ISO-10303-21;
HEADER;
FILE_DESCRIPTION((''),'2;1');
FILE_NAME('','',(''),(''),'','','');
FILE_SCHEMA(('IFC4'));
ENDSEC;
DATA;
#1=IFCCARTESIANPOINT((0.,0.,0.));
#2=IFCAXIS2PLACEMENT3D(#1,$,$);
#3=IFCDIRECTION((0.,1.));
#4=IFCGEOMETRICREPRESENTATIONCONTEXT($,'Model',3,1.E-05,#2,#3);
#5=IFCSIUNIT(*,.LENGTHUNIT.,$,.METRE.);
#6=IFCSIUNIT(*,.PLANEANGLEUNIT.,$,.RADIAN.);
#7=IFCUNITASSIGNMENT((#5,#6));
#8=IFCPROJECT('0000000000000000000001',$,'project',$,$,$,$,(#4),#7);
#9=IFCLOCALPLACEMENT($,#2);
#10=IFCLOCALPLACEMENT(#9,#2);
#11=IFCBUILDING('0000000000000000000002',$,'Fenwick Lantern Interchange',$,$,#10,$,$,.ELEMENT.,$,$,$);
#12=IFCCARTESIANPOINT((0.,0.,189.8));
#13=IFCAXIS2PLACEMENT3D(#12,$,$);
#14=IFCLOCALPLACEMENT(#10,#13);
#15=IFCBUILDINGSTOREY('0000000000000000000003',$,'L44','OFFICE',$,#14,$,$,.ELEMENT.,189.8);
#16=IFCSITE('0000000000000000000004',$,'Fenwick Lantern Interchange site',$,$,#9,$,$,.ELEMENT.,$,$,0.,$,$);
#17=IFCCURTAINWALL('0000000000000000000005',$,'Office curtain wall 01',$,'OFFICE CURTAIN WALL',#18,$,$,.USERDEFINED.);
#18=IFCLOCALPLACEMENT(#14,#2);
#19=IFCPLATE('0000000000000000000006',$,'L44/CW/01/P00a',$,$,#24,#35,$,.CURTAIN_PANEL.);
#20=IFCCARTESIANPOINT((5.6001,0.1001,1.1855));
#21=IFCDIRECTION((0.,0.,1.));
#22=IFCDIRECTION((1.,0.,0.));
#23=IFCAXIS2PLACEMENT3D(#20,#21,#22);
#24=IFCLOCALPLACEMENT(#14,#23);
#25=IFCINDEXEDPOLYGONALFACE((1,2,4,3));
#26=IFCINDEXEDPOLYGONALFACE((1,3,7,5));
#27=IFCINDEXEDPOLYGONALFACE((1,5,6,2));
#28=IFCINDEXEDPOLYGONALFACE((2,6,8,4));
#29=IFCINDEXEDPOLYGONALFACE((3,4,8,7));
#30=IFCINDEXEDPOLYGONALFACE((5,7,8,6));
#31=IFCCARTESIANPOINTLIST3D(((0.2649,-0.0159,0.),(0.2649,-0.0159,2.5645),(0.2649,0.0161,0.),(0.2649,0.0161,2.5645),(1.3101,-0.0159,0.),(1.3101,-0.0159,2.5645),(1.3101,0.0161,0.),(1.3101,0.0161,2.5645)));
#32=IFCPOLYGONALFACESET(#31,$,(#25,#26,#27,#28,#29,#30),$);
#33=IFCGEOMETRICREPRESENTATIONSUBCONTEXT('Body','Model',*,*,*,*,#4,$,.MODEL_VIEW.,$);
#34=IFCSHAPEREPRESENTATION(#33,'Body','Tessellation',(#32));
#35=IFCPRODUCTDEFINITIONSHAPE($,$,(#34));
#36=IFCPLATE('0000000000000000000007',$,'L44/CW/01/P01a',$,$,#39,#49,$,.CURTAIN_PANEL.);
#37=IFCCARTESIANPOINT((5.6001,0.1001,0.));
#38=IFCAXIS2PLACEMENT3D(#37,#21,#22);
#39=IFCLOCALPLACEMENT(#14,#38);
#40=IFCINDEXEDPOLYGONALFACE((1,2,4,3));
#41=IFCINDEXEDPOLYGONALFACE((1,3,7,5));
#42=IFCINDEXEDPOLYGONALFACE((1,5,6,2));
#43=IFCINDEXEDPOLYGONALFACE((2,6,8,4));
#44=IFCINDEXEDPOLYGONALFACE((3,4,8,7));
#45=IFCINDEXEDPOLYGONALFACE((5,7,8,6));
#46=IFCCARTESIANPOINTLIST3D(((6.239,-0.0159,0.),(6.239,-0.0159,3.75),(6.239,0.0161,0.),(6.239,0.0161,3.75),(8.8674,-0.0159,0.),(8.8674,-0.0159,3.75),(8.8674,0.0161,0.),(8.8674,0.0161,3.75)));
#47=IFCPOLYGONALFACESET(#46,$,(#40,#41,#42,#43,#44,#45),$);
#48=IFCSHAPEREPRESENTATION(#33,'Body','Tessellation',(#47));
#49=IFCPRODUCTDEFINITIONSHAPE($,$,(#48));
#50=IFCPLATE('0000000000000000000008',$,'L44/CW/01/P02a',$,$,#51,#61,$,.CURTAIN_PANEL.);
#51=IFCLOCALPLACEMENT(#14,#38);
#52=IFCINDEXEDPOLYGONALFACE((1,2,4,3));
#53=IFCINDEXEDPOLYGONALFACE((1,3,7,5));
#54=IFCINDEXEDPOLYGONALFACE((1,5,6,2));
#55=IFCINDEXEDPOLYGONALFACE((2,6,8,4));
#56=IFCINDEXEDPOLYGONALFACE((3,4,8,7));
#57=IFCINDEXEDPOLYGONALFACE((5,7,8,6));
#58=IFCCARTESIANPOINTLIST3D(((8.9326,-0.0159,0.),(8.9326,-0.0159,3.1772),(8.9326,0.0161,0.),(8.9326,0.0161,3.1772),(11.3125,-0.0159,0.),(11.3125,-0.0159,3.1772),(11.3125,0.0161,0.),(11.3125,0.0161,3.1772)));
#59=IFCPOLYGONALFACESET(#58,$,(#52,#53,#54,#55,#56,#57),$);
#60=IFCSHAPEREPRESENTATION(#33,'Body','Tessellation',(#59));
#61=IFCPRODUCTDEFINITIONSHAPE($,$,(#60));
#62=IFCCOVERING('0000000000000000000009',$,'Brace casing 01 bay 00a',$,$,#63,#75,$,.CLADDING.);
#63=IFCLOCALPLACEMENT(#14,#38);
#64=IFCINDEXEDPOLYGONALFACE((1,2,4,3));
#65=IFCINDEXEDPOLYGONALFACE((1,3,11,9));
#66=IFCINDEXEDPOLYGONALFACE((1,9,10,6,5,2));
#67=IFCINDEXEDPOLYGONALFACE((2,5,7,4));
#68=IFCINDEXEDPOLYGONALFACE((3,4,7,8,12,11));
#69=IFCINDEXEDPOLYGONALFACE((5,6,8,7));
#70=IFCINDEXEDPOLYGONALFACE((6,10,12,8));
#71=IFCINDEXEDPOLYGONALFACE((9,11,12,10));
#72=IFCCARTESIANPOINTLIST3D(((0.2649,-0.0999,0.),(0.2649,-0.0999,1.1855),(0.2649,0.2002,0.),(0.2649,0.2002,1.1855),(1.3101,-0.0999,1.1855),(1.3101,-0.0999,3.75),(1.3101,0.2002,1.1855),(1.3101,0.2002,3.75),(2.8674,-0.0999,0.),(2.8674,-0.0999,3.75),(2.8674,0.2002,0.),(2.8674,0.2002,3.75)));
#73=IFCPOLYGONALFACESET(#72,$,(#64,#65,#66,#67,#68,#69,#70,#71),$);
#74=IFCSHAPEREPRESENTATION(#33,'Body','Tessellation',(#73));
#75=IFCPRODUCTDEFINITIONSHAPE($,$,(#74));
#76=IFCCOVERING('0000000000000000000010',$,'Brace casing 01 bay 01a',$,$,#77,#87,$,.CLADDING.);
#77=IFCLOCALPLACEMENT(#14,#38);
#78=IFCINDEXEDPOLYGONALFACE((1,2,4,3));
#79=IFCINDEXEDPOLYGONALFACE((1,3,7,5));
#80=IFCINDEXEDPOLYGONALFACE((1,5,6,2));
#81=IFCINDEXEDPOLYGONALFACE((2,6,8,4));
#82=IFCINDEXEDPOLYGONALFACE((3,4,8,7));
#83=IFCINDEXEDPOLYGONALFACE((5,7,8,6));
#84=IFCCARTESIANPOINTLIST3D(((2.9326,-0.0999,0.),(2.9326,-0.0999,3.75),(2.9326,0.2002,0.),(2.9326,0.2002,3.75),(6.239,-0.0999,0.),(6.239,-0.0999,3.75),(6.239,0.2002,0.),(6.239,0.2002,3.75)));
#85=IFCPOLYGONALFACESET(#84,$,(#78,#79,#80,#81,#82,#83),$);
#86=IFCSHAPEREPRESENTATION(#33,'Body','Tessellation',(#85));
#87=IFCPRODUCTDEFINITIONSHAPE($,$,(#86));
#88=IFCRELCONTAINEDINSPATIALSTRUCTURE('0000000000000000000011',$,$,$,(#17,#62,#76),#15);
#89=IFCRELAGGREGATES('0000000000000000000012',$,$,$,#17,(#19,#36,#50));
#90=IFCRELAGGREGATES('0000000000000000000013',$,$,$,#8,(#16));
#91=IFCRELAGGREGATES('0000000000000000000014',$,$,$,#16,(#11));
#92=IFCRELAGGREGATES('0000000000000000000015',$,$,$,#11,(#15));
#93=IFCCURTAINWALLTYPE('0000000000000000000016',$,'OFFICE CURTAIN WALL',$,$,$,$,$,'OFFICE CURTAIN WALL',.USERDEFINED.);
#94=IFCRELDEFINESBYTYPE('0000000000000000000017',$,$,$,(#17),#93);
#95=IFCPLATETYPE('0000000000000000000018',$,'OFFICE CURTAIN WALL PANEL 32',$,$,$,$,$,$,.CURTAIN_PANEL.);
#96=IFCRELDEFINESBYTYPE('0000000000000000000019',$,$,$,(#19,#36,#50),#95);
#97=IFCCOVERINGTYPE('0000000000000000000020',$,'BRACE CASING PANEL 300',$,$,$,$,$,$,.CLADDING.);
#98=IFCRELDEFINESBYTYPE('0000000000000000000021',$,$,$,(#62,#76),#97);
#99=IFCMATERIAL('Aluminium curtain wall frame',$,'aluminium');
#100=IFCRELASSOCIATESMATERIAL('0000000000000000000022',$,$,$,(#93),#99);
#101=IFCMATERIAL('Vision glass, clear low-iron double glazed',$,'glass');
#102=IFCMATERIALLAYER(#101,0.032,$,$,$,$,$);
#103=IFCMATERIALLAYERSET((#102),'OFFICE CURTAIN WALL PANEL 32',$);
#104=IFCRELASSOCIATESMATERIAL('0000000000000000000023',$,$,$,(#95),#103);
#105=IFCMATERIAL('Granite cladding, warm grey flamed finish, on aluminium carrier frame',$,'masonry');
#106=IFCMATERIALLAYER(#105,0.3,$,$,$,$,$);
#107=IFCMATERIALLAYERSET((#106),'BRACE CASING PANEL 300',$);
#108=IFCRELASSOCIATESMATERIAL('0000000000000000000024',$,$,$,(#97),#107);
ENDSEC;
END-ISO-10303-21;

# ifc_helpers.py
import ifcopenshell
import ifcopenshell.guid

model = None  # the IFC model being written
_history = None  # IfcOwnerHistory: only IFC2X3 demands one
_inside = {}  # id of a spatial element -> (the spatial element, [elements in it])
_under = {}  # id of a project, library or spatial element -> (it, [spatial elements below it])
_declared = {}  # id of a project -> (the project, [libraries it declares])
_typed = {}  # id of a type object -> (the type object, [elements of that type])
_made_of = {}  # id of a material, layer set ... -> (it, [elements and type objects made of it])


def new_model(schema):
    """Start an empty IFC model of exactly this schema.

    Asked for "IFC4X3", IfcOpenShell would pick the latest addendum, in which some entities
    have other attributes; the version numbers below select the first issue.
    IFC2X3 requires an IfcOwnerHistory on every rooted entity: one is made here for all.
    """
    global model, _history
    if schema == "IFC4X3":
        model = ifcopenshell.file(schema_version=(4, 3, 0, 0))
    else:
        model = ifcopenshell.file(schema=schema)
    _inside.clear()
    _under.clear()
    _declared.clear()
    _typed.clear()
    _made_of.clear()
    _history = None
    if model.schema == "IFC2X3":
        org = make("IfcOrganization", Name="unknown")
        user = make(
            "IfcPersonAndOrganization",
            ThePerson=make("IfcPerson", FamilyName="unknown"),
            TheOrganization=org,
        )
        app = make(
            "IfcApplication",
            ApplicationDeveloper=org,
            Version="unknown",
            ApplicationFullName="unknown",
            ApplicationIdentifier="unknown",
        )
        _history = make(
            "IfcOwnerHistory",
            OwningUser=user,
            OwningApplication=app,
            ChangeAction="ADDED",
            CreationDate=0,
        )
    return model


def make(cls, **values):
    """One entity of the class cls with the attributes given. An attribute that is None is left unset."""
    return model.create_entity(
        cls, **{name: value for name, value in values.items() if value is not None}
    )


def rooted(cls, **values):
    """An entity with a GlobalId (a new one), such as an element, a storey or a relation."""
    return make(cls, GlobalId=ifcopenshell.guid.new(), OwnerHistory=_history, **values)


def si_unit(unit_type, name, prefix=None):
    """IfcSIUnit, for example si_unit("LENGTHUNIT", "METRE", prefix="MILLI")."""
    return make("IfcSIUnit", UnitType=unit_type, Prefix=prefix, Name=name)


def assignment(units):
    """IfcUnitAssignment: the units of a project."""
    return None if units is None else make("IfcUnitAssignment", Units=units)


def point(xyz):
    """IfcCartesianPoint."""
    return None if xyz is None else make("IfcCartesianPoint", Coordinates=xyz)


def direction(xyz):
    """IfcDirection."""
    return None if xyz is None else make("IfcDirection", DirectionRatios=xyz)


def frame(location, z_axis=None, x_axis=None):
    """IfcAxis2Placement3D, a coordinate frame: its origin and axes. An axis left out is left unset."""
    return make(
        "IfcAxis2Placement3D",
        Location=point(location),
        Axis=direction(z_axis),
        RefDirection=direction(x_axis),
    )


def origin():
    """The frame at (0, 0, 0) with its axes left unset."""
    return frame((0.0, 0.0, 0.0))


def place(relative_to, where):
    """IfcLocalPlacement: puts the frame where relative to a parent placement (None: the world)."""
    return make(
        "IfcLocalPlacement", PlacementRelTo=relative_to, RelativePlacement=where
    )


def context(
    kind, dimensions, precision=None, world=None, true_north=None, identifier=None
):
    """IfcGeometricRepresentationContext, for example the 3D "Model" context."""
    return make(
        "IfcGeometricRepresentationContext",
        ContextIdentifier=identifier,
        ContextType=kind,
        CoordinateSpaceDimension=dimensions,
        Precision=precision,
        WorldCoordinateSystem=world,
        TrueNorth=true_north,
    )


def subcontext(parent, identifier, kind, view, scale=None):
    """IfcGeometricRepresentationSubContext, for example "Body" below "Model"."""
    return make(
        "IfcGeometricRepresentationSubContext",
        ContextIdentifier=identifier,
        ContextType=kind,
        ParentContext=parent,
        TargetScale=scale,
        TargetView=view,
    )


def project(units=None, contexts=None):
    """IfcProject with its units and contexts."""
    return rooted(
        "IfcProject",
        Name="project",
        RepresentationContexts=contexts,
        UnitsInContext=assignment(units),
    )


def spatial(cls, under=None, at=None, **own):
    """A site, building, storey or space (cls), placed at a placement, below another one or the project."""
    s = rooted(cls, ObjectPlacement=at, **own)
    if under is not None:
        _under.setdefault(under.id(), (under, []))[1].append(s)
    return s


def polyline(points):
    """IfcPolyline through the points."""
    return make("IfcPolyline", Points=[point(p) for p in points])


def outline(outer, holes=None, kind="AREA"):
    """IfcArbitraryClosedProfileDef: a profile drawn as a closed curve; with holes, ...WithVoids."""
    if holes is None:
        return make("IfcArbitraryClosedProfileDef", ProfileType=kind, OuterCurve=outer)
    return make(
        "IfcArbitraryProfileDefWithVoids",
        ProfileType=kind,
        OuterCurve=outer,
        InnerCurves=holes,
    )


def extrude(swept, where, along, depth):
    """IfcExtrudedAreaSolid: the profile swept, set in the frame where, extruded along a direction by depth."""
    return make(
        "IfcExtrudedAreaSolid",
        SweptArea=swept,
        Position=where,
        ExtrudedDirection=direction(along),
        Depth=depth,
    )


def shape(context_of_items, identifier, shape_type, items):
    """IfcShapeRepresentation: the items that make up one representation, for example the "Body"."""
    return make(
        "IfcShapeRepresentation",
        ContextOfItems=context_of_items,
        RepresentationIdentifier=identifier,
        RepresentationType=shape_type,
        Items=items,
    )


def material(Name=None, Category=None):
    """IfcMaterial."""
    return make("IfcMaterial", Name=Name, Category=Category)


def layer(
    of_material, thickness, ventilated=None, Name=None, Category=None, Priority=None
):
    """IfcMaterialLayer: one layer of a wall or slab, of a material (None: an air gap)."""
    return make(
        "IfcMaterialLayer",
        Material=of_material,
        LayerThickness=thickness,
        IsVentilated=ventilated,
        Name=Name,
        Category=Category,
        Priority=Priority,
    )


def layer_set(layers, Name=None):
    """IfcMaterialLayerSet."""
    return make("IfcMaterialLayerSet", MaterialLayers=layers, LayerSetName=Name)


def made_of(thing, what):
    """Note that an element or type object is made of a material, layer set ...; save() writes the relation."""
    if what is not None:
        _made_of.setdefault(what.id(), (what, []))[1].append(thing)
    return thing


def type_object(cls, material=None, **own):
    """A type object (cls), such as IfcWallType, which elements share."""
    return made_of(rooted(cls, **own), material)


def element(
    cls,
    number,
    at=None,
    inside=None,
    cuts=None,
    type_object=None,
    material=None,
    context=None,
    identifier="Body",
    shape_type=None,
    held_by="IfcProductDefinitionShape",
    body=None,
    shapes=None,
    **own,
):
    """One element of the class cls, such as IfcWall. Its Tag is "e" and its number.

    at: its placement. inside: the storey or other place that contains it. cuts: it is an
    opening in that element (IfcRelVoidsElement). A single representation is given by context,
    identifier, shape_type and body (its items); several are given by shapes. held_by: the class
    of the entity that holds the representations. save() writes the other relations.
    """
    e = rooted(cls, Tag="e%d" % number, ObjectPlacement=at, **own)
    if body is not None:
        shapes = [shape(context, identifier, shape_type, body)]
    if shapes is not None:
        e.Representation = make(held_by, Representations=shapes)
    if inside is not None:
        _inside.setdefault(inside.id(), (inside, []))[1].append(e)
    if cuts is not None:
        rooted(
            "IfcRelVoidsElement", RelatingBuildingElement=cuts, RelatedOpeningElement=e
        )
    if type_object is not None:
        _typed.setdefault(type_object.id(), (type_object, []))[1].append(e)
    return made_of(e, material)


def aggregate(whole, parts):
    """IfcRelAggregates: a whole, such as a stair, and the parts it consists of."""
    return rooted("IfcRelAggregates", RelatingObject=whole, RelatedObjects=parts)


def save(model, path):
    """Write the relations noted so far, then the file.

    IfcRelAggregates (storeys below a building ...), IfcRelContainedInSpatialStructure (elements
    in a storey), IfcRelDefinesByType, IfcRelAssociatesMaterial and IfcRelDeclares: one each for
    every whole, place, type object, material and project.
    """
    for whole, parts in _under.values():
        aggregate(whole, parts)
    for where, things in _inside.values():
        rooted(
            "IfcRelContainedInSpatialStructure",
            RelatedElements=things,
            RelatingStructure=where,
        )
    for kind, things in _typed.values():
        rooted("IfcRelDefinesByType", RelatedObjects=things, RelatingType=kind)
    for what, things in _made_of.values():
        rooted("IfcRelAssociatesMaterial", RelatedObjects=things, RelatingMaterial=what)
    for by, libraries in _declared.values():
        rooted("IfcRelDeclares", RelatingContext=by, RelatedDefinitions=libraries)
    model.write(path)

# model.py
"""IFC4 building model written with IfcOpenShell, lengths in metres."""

from ifc_helpers import new_model, si_unit, direction, frame, origin, place, context, subcontext, project, spatial, polyline, outline, extrude, material, layer, layer_set, type_object, element, aggregate, save


model = new_model("IFC4")

# Units and contexts
model_context = context("Model", 3, precision=1e-05, world=origin(), true_north=direction((0.0, 1.0)))
body_context = subcontext(model_context, "Body", "Model", "MODEL_VIEW")
ifc_project = project(units=[si_unit("LENGTHUNIT", "METRE"), si_unit("PLANEANGLEUNIT", "RADIAN")], contexts=[model_context])

# Site, building, storey
site_placement = place(None, origin())
site = spatial("IfcSite", under=ifc_project, at=site_placement, Name="Fenwick Lantern Interchange site", CompositionType="ELEMENT", RefElevation=0.0)
building_placement = place(site_placement, origin())
building = spatial("IfcBuilding", under=site, at=building_placement, Name="Fenwick Lantern Interchange", CompositionType="ELEMENT")
storey_placement = place(building_placement, frame((0.0, 0.0, 189.8)))
storey = spatial("IfcBuildingStorey", under=building, at=storey_placement, Name="L44", Description="OFFICE", CompositionType="ELEMENT", Elevation=189.8)

# Shared definitions
ifc_material_1 = material(Name="Aluminium curtain wall frame", Category="aluminium")
curtain_wall_type = type_object("IfcCurtainWallType", Name="OFFICE CURTAIN WALL", ElementType="OFFICE CURTAIN WALL", PredefinedType="USERDEFINED", material=ifc_material_1)

# Curtain wall, plates
curtain_wall_1_placement = place(storey_placement, origin())
curtain_wall_1 = element("IfcCurtainWall", 1, at=curtain_wall_1_placement, inside=storey, type_object=curtain_wall_type, Name="Office curtain wall 01", ObjectType="OFFICE CURTAIN WALL", PredefinedType="USERDEFINED")
ifc_material_2 = material(Name="Vision glass, clear low-iron double glazed", Category="glass")
ifc_layer_1 = layer(ifc_material_2, 0.032)
ifc_layer_set_1 = layer_set([ifc_layer_1], Name="OFFICE CURTAIN WALL PANEL 32")
plate_type = type_object("IfcPlateType", Name="OFFICE CURTAIN WALL PANEL 32", PredefinedType="CURTAIN_PANEL", material=ifc_layer_set_1)
plate_1_placement = place(storey_placement, frame((5.6001, 0.1001, 1.1855), z_axis=(0.0, 0.0, 1.0), x_axis=(1.0, 0.0, 0.0)))
plate_1 = element("IfcPlate", 2, at=plate_1_placement, type_object=plate_type, Name="L44/CW/01/P00a", PredefinedType="CURTAIN_PANEL", context=body_context, shape_type="SweptSolid", body=[
    extrude(outline(polyline([(0.2649, 0.0), (1.3101, 0.0), (1.3101, 2.5645), (0.2649, 2.5645), (0.2649, 0.0)])), frame((0.0, 0.0161, 0.0), z_axis=(0.0, -1.0, 0.0), x_axis=(1.0, 0.0, 0.0)), (0.0, 0.0, 1.0), 0.032),
])
plate_2_placement = place(storey_placement, frame((5.6001, 0.1001, 0.0), z_axis=(0.0, 0.0, 1.0), x_axis=(1.0, 0.0, 0.0)))
plate_2 = element("IfcPlate", 3, at=plate_2_placement, type_object=plate_type, Name="L44/CW/01/P01a", PredefinedType="CURTAIN_PANEL", context=body_context, shape_type="SweptSolid", body=[
    extrude(outline(polyline([(6.239, 0.0), (8.8674, 0.0), (8.8674, 3.75), (6.239, 3.75), (6.239, 0.0)])), frame((0.0, 0.0161, 0.0), z_axis=(0.0, -1.0, 0.0), x_axis=(1.0, 0.0, 0.0)), (0.0, 0.0, 1.0), 0.032),
])
plate_3_placement = place(storey_placement, frame((5.6001, 0.1001, 0.0), z_axis=(0.0, 0.0, 1.0), x_axis=(1.0, 0.0, 0.0)))
plate_3 = element("IfcPlate", 4, at=plate_3_placement, type_object=plate_type, Name="L44/CW/01/P02a", PredefinedType="CURTAIN_PANEL", context=body_context, shape_type="SweptSolid", body=[
    extrude(outline(polyline([(8.9326, 0.0), (11.3125, 0.0), (11.3125, 3.1772), (8.9326, 3.1772), (8.9326, 0.0)])), frame((0.0, 0.0161, 0.0), z_axis=(0.0, -1.0, 0.0), x_axis=(1.0, 0.0, 0.0)), (0.0, 0.0, 1.0), 0.032),
])
aggregate(curtain_wall_1, [plate_1, plate_2, plate_3])

# Coverings
ifc_material_3 = material(Name="Granite cladding, warm grey flamed finish, on aluminium carrier frame", Category="masonry")
ifc_layer_2 = layer(ifc_material_3, 0.3)
ifc_layer_set_2 = layer_set([ifc_layer_2], Name="BRACE CASING PANEL 300")
covering_type_1 = type_object("IfcCoveringType", Name="BRACE CASING PANEL 300", PredefinedType="CLADDING", material=ifc_layer_set_2)
covering_1_placement = place(storey_placement, frame((5.6001, 0.1001, 0.0), z_axis=(0.0, 0.0, 1.0), x_axis=(1.0, 0.0, 0.0)))
element("IfcCovering", 5, at=covering_1_placement, inside=storey, type_object=covering_type_1, Name="Brace casing 01 bay 00a", PredefinedType="CLADDING", context=body_context, shape_type="SweptSolid", body=[
    extrude(outline(polyline([(0.2649, 0.0), (2.8674, 0.0), (2.8674, 3.75), (1.3101, 3.75), (1.3101, 1.1855), (0.2649, 1.1855), (0.2649, 0.0)])), frame((0.0, 0.2002, 0.0), z_axis=(0.0, -1.0, 0.0), x_axis=(1.0, 0.0, 0.0)), (0.0, 0.0, 1.0), 0.3),
])
covering_2_placement = place(storey_placement, frame((5.6001, 0.1001, 0.0), z_axis=(0.0, 0.0, 1.0), x_axis=(1.0, 0.0, 0.0)))
element("IfcCovering", 6, at=covering_2_placement, inside=storey, type_object=covering_type_1, Name="Brace casing 01 bay 01a", PredefinedType="CLADDING", context=body_context, shape_type="SweptSolid", body=[
    extrude(outline(polyline([(2.9326, 0.0), (6.239, 0.0), (6.239, 3.75), (2.9326, 3.75), (2.9326, 0.0)])), frame((0.0, 0.2002, 0.0), z_axis=(0.0, -1.0, 0.0), x_axis=(1.0, 0.0, 0.0)), (0.0, 0.0, 1.0), 0.3),
])

save(model, "model.ifc")
